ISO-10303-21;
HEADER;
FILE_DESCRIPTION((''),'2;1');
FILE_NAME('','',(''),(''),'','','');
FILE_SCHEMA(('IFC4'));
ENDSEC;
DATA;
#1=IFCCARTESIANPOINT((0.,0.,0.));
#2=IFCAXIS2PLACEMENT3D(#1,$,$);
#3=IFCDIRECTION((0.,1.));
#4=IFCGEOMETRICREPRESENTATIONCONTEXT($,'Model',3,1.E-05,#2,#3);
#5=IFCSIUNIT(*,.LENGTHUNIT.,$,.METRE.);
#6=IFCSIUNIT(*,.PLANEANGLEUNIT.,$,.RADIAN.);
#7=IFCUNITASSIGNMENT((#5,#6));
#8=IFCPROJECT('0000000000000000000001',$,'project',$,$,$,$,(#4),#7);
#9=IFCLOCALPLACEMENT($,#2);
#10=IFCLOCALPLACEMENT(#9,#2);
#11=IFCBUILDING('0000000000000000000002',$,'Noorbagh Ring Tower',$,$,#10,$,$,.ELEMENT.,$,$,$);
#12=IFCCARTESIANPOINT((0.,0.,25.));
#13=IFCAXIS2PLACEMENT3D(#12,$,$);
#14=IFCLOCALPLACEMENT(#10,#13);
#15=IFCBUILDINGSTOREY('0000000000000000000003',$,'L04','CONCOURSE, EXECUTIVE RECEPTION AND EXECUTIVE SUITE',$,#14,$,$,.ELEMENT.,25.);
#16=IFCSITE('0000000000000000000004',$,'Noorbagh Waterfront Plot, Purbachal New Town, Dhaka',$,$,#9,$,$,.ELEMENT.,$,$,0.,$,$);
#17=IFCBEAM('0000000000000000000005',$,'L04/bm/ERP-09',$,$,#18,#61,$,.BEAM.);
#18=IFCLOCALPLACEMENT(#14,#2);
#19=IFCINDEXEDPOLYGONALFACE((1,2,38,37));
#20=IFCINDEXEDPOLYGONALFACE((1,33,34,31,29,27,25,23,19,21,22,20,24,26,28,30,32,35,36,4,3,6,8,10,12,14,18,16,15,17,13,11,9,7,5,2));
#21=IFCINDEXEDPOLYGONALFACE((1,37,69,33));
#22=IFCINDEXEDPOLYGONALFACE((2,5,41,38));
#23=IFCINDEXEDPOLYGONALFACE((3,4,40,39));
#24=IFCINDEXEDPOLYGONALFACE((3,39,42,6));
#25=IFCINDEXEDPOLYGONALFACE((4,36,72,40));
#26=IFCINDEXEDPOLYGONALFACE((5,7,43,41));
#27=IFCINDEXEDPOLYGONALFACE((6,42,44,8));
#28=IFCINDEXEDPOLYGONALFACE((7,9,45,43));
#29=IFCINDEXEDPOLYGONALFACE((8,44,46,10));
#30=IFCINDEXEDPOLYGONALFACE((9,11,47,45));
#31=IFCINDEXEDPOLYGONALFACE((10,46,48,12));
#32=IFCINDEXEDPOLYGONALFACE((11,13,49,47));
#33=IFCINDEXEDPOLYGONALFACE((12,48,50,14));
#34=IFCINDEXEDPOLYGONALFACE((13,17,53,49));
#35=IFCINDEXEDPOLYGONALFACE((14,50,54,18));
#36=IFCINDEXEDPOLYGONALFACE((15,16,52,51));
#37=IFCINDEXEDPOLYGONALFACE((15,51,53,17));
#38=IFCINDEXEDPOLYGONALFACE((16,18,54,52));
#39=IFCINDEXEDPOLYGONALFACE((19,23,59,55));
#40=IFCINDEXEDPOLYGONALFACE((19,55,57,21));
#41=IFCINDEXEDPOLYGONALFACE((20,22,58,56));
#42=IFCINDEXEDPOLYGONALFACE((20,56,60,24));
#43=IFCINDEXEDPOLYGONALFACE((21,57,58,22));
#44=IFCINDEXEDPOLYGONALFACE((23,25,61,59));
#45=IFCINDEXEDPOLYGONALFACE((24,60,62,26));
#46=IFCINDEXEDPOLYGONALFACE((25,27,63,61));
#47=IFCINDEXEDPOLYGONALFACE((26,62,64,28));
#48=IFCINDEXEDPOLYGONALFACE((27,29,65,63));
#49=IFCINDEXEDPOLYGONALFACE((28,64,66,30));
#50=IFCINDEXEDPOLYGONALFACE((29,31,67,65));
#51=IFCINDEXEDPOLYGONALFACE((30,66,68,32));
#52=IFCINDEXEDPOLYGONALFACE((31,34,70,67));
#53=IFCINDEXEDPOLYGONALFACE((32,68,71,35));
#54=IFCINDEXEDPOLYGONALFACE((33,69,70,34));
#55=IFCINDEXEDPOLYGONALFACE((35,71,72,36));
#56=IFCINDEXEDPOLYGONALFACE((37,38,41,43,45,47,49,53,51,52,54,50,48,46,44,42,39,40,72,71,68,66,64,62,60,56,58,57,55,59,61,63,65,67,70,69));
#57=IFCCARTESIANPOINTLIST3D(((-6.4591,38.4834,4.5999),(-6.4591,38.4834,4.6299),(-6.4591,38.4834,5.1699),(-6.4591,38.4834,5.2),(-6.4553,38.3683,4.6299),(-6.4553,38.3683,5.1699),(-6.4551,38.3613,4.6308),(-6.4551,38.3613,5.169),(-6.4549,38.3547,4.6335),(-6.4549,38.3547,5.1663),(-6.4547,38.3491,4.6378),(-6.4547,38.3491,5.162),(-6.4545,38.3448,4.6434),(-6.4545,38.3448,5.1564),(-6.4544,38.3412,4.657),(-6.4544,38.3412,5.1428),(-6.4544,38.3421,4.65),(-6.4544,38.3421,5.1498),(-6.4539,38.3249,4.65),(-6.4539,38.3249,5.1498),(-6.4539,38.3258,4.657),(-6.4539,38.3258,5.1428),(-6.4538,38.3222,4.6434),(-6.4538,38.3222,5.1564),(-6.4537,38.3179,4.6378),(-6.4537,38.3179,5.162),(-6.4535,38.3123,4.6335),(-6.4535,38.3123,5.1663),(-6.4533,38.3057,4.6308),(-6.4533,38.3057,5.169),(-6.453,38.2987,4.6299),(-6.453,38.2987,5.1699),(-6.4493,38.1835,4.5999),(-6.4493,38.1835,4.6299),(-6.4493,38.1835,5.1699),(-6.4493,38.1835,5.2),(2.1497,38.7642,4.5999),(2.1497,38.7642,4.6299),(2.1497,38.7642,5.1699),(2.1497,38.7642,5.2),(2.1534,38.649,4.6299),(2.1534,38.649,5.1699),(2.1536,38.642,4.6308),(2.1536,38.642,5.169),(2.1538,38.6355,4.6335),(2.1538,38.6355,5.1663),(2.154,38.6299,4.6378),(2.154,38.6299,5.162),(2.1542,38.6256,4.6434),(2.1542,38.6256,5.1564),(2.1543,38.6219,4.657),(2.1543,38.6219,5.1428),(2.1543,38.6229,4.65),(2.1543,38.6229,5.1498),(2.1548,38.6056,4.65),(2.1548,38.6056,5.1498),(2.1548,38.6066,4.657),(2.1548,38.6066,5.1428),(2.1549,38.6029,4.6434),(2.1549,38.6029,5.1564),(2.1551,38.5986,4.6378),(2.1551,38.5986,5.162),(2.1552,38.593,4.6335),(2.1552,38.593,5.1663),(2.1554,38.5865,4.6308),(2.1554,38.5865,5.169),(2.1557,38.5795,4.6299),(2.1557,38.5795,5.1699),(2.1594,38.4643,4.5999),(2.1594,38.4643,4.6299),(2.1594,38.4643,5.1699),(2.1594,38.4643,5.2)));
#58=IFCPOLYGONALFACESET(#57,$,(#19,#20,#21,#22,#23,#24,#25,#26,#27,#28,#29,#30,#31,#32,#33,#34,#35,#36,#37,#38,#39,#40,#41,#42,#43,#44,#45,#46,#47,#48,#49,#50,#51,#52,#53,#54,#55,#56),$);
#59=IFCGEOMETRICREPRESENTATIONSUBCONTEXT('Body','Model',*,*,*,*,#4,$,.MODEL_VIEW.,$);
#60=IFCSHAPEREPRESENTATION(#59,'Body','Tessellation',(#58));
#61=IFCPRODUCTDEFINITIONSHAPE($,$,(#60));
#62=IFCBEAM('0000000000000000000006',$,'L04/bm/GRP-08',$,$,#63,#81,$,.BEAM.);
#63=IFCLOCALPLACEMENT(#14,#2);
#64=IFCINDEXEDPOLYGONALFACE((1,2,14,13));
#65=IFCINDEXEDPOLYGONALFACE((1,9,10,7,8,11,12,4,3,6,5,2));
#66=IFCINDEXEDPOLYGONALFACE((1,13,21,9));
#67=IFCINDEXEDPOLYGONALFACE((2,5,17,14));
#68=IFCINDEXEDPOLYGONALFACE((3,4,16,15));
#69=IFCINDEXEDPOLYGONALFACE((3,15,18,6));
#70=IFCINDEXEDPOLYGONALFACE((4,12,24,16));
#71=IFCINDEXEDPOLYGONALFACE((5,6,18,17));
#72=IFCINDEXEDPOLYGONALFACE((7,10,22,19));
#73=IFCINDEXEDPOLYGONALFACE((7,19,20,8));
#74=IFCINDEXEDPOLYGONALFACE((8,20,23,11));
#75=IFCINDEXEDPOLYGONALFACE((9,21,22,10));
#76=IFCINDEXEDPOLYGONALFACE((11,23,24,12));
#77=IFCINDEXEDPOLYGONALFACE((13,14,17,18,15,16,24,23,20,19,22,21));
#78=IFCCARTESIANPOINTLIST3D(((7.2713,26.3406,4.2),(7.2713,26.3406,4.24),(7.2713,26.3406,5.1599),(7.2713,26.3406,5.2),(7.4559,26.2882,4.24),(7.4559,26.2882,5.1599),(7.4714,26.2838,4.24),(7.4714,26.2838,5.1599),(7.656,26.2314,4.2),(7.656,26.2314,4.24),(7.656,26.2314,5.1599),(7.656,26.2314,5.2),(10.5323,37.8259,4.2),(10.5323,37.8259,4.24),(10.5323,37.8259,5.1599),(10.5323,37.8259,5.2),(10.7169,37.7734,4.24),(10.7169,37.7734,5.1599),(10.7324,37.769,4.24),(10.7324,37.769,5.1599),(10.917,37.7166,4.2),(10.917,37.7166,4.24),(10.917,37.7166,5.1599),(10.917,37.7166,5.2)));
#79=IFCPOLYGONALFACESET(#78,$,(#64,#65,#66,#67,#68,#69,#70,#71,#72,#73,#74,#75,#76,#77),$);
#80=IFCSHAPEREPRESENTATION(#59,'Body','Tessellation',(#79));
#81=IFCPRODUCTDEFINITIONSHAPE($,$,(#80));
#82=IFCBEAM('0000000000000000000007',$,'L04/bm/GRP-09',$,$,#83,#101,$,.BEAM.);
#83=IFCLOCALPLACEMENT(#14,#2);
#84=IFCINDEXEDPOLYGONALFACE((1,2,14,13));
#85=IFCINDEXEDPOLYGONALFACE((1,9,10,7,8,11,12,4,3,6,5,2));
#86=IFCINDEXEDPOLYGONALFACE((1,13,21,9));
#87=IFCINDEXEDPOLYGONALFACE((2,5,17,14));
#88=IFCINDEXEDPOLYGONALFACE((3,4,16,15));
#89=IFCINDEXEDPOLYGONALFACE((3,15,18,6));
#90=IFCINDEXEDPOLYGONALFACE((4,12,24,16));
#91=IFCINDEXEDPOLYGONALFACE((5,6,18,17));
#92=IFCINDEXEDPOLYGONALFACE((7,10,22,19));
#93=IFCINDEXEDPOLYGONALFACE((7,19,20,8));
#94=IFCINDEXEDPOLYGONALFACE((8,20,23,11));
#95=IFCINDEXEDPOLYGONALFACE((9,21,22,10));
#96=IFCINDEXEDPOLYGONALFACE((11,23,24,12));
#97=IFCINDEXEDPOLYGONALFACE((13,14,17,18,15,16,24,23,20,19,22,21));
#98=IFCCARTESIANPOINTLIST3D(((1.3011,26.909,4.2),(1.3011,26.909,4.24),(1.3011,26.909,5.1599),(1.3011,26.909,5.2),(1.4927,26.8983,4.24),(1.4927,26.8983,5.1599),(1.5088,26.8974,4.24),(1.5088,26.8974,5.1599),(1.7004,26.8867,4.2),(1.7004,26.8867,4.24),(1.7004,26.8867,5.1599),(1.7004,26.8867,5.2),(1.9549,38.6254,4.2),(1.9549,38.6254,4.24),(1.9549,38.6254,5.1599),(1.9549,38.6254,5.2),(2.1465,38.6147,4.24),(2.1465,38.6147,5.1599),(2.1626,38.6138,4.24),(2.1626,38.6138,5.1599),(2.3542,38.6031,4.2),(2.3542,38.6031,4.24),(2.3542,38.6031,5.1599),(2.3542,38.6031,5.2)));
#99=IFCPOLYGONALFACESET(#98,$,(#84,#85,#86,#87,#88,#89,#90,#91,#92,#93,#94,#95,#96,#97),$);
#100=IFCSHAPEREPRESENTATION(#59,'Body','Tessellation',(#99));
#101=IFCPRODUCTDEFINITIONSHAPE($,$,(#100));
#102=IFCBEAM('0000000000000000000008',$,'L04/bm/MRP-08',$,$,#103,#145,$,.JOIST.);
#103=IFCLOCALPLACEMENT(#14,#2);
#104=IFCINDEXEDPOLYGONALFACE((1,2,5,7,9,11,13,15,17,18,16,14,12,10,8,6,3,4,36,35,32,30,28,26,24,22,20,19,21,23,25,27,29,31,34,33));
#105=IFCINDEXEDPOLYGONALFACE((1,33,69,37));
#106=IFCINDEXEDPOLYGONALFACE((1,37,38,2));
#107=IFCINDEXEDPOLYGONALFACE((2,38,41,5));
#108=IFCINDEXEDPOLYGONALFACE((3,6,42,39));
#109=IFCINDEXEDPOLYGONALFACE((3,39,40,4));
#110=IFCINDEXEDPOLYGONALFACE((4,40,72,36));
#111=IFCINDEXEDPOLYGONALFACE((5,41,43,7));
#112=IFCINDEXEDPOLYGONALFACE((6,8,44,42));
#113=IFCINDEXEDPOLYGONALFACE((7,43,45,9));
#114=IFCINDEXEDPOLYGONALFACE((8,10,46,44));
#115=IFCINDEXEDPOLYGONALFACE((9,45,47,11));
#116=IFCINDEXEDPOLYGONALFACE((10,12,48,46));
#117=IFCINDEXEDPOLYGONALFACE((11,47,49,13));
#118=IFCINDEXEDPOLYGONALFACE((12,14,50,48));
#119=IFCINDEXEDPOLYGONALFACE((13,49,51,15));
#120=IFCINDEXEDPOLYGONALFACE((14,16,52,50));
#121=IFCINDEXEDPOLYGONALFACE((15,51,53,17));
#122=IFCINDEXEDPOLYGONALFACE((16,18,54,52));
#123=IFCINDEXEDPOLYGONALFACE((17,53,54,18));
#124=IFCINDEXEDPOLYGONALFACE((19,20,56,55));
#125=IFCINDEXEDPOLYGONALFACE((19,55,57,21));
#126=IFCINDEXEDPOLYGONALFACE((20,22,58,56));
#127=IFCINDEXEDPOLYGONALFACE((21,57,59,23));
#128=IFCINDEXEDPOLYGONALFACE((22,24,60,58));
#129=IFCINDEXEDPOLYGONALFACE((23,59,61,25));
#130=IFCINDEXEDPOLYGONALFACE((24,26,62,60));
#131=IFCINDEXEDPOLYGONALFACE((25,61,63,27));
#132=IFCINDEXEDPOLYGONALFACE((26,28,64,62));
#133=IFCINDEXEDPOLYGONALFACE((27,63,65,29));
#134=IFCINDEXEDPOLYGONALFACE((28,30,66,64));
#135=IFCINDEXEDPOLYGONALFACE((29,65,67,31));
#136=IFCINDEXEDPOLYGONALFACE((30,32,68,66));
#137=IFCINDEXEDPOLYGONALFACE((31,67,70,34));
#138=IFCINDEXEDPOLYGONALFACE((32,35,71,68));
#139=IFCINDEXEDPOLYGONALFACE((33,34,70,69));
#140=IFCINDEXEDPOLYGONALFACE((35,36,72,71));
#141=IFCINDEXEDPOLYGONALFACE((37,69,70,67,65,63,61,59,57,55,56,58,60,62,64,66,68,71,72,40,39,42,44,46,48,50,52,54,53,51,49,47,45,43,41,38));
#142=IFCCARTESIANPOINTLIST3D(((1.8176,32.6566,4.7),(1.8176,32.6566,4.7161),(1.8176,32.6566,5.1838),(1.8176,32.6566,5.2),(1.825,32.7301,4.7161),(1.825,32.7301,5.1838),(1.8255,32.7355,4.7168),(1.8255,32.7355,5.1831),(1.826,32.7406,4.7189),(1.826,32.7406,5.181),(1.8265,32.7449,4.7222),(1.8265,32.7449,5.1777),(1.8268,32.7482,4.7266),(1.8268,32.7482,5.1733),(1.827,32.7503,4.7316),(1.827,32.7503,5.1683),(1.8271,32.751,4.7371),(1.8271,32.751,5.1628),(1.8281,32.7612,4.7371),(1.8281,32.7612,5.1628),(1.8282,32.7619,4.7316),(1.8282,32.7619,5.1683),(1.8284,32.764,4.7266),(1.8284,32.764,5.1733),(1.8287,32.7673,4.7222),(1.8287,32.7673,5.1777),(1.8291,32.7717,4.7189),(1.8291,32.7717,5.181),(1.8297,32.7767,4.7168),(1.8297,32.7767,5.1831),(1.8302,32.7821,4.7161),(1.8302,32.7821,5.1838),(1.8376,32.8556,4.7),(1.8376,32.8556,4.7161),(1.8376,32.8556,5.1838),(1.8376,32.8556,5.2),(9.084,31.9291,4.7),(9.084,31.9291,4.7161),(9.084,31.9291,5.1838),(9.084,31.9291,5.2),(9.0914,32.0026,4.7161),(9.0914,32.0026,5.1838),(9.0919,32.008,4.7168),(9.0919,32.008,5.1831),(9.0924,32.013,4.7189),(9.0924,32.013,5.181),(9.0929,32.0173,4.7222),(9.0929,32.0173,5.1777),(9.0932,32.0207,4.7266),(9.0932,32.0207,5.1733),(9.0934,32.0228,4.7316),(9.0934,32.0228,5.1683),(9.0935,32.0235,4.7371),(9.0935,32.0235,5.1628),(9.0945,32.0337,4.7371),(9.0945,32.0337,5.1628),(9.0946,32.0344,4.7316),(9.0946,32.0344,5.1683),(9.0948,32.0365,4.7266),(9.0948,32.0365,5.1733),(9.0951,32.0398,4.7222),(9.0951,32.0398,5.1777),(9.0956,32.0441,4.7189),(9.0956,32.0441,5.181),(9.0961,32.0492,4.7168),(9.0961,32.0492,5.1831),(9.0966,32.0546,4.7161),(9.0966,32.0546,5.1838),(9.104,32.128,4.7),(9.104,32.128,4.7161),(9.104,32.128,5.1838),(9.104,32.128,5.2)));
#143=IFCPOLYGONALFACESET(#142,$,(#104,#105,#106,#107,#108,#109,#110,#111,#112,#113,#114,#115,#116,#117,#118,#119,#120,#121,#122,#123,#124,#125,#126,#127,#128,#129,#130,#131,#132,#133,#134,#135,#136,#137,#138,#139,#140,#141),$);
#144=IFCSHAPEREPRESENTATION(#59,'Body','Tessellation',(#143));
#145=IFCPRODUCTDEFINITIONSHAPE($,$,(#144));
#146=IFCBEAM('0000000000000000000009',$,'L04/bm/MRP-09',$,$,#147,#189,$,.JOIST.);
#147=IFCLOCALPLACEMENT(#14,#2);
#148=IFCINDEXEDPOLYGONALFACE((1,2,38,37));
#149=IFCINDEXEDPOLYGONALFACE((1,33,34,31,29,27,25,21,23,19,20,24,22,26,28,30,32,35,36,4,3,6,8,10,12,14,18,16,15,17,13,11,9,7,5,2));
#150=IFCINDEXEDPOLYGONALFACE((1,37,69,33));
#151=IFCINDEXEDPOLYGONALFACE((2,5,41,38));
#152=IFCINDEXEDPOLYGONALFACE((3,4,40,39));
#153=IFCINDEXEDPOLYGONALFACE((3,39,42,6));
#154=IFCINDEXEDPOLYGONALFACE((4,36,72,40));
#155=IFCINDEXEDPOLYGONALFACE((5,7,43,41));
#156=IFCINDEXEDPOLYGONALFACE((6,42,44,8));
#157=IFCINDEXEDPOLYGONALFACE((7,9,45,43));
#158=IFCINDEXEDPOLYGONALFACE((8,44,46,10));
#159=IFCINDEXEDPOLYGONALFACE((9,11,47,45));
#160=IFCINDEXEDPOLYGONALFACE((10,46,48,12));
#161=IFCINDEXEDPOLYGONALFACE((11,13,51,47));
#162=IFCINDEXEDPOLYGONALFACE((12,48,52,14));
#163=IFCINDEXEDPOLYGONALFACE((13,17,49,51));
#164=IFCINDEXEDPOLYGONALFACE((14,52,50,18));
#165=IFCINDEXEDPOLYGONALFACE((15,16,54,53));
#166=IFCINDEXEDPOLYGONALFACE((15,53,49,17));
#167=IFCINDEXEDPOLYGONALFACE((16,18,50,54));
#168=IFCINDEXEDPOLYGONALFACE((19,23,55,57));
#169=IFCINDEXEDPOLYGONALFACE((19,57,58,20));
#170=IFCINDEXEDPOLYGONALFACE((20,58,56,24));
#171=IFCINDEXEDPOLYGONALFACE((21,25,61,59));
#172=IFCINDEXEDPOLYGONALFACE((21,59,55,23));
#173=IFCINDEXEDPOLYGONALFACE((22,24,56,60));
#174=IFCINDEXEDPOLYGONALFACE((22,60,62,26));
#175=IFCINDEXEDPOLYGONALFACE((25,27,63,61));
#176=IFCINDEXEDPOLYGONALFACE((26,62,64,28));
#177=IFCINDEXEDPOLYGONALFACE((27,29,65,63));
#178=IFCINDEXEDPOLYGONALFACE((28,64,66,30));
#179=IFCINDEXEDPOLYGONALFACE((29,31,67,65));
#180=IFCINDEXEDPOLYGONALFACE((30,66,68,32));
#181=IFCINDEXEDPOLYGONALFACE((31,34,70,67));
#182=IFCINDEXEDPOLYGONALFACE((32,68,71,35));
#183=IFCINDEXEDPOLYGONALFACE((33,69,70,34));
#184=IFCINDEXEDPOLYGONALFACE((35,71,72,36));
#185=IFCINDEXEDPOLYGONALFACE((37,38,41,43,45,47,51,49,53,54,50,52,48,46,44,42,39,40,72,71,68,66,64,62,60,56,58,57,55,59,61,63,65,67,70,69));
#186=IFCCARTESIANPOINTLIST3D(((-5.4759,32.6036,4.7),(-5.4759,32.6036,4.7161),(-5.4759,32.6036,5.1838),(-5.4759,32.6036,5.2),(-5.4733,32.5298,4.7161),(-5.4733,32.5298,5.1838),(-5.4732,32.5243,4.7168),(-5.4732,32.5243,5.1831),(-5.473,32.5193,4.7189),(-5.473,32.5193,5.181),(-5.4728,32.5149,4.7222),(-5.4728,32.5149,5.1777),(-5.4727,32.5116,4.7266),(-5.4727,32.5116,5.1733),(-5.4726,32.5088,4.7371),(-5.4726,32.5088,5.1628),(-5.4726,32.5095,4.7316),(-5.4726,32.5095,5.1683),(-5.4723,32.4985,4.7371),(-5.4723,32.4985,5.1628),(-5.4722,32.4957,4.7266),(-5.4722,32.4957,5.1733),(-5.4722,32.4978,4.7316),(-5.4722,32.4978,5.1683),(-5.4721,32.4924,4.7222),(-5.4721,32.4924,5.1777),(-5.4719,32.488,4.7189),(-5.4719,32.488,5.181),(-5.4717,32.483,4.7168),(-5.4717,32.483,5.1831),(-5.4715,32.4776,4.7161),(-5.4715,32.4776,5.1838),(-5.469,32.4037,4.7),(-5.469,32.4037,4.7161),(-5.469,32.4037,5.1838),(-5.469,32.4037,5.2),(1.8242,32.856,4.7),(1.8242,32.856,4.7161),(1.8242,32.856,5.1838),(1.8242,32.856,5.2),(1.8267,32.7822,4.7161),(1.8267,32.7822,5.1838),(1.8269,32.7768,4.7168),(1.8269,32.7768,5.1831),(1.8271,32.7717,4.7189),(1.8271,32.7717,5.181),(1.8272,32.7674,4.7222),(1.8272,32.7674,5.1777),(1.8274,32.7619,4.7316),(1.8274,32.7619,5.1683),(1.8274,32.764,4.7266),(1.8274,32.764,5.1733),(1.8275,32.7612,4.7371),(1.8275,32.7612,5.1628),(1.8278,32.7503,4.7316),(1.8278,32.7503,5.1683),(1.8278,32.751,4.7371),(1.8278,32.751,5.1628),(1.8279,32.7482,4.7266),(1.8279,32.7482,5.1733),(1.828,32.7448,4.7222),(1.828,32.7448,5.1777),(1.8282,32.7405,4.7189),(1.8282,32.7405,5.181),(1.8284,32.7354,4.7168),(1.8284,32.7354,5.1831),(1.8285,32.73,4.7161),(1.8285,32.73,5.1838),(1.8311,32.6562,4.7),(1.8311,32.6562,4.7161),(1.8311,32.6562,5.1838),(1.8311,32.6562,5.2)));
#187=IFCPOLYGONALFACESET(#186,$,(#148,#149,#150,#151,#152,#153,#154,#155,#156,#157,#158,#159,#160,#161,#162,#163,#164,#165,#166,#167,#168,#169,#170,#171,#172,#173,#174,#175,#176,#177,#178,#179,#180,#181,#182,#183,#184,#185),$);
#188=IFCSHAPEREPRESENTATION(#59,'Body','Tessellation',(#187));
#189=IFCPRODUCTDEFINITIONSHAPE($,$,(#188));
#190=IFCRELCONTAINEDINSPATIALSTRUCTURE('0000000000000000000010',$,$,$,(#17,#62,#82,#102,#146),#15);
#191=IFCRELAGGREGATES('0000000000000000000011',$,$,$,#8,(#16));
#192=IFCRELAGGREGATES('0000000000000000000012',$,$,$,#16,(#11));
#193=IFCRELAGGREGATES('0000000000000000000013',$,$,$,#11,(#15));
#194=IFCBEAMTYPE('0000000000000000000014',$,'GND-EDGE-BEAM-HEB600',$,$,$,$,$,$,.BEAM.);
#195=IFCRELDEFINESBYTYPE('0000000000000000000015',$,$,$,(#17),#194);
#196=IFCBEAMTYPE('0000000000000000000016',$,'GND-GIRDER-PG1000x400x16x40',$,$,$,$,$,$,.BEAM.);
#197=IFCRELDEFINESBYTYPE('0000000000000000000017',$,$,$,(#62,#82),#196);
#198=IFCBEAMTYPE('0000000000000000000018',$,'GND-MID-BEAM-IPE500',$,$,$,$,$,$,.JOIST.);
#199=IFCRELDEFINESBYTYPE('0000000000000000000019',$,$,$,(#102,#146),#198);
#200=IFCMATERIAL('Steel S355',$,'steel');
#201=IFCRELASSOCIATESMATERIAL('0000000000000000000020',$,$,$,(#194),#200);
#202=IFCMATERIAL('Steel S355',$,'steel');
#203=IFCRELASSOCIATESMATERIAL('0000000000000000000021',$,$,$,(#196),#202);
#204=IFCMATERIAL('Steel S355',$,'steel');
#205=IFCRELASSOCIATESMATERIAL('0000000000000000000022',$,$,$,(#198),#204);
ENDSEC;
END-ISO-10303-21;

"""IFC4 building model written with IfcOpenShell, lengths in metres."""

from ifc_helpers import new_model, si_unit, direction, frame, origin, origin_2d, place, context, subcontext, project, spatial, i_section, extrude, material, material_profile, profile_set, type_object, element, save


model = new_model("IFC4")

# Units and contexts
model_context = context("Model", 3, precision=1e-05, world=origin(), true_north=direction((0.0, 1.0)))
body_context = subcontext(model_context, "Body", "Model", "MODEL_VIEW")
ifc_project = project(units=[si_unit("LENGTHUNIT", "METRE"), si_unit("PLANEANGLEUNIT", "RADIAN")], contexts=[model_context])

# Site, building, storey
site_placement = place(None, origin())
site = spatial("IfcSite", under=ifc_project, at=site_placement, Name="Noorbagh Waterfront Plot, Purbachal New Town, Dhaka", CompositionType="ELEMENT", RefElevation=0.0)
building_placement = place(site_placement, origin())
building = spatial("IfcBuilding", under=site, at=building_placement, Name="Noorbagh Ring Tower", CompositionType="ELEMENT")
storey_placement = place(building_placement, frame((0.0, 0.0, 25.0)))
storey = spatial("IfcBuildingStorey", under=building, at=storey_placement, Name="L04", Description="CONCOURSE, EXECUTIVE RECEPTION AND EXECUTIVE SUITE", CompositionType="ELEMENT", Elevation=25.0)

# Beams
ifc_material_1 = material(Name="Steel S355", Category="steel")
ifc_material_profile_1 = material_profile(ifc_material_1, i_section(OverallWidth=0.3, OverallDepth=0.6001, WebThickness=0.0154, FlangeThickness=0.03, FilletRadius=0.0271, at=origin_2d()), Name="HEB600")
ifc_profile_set_1 = profile_set([ifc_material_profile_1], Name="Steel S355")
beam_type_1 = type_object("IfcBeamType", Name="GND-EDGE-BEAM-HEB600", PredefinedType="BEAM", material=ifc_profile_set_1)
beam_1_placement = place(storey_placement, frame((2.1545, 38.6143, 4.8999), z_axis=(-0.999469, -0.032597, 0.0), x_axis=(0.032597, -0.999469, 0.0)))
element("IfcBeam", 1, at=beam_1_placement, inside=storey, type_object=beam_type_1, Name="L04/bm/ERP-09", PredefinedType="BEAM", context=body_context, shape_type="SweptSolid", body=[
    extrude(i_section(OverallWidth=0.3, OverallDepth=0.6001, WebThickness=0.0154, FlangeThickness=0.03, FilletRadius=0.0271, at=origin_2d()), origin(), (0.0, 0.0, 1.0), 8.6133),
])
ifc_material_2 = material(Name="Steel S355", Category="steel")
ifc_material_profile_2 = material_profile(ifc_material_2, i_section(OverallWidth=0.3999, OverallDepth=1.0, WebThickness=0.0161, FlangeThickness=0.04, at=origin_2d()), Name="PG1000x400x16x40")
ifc_profile_set_2 = profile_set([ifc_material_profile_2], Name="Steel S355")
beam_type_2 = type_object("IfcBeamType", Name="GND-GIRDER-PG1000x400x16x40", PredefinedType="BEAM", material=ifc_profile_set_2)
beam_2_placement = place(storey_placement, frame((10.7246, 37.7712, 4.7), z_axis=(-0.27313, -0.961977, 0.0), x_axis=(0.961977, -0.27313, 0.0)))
element("IfcBeam", 2, at=beam_2_placement, inside=storey, type_object=beam_type_2, Name="L04/bm/GRP-08", PredefinedType="BEAM", context=body_context, shape_type="SweptSolid", body=[
    extrude(i_section(OverallWidth=0.3999, OverallDepth=1.0, WebThickness=0.0161, FlangeThickness=0.04, at=origin_2d()), origin(), (0.0, 0.0, 1.0), 11.9392),
])
beam_3_placement = place(storey_placement, frame((2.1545, 38.6143, 4.7), z_axis=(-0.055717, -0.998447, 0.0), x_axis=(0.998447, -0.055717, 0.0)))
element("IfcBeam", 3, at=beam_3_placement, inside=storey, type_object=beam_type_2, Name="L04/bm/GRP-09", PredefinedType="BEAM", context=body_context, shape_type="SweptSolid", body=[
    extrude(i_section(OverallWidth=0.3999, OverallDepth=1.0, WebThickness=0.0161, FlangeThickness=0.04, at=origin_2d()), origin(), (0.0, 0.0, 1.0), 11.7346),
])
ifc_material_3 = material(Name="Steel S355", Category="steel")
ifc_material_profile_3 = material_profile(ifc_material_3, i_section(OverallWidth=0.2, OverallDepth=0.5, WebThickness=0.0103, FlangeThickness=0.0161, FilletRadius=0.021, at=origin_2d()), Name="IPE500")
ifc_profile_set_3 = profile_set([ifc_material_profile_3], Name="Steel S355")
beam_type_3 = type_object("IfcBeamType", Name="GND-MID-BEAM-IPE500", PredefinedType="JOIST", material=ifc_profile_set_3)
beam_4_placement = place(storey_placement, frame((9.094, 32.0286, 4.95), z_axis=(-0.995025, 0.099626, 0.0), x_axis=(-0.099626, -0.995025, 0.0)))
element("IfcBeam", 4, at=beam_4_placement, inside=storey, type_object=beam_type_3, Name="L04/bm/MRP-08", PredefinedType="JOIST", context=body_context, shape_type="SweptSolid", body=[
    extrude(i_section(OverallWidth=0.2, OverallDepth=0.5, WebThickness=0.0103, FlangeThickness=0.0161, FilletRadius=0.021, at=origin_2d()), origin(), (0.0, 0.0, 1.0), 7.3027),
])
beam_5_placement = place(storey_placement, frame((1.8276, 32.7561, 4.95), z_axis=(-0.999403, -0.03456, 0.0), x_axis=(0.03456, -0.999403, 0.0)))
element("IfcBeam", 5, at=beam_5_placement, inside=storey, type_object=beam_type_3, Name="L04/bm/MRP-09", PredefinedType="JOIST", context=body_context, shape_type="SweptSolid", body=[
    extrude(i_section(OverallWidth=0.2, OverallDepth=0.5, WebThickness=0.0103, FlangeThickness=0.0161, FilletRadius=0.021, at=origin_2d()), origin(), (0.0, 0.0, 1.0), 7.3044),
])

save(model, "model.ifc")
